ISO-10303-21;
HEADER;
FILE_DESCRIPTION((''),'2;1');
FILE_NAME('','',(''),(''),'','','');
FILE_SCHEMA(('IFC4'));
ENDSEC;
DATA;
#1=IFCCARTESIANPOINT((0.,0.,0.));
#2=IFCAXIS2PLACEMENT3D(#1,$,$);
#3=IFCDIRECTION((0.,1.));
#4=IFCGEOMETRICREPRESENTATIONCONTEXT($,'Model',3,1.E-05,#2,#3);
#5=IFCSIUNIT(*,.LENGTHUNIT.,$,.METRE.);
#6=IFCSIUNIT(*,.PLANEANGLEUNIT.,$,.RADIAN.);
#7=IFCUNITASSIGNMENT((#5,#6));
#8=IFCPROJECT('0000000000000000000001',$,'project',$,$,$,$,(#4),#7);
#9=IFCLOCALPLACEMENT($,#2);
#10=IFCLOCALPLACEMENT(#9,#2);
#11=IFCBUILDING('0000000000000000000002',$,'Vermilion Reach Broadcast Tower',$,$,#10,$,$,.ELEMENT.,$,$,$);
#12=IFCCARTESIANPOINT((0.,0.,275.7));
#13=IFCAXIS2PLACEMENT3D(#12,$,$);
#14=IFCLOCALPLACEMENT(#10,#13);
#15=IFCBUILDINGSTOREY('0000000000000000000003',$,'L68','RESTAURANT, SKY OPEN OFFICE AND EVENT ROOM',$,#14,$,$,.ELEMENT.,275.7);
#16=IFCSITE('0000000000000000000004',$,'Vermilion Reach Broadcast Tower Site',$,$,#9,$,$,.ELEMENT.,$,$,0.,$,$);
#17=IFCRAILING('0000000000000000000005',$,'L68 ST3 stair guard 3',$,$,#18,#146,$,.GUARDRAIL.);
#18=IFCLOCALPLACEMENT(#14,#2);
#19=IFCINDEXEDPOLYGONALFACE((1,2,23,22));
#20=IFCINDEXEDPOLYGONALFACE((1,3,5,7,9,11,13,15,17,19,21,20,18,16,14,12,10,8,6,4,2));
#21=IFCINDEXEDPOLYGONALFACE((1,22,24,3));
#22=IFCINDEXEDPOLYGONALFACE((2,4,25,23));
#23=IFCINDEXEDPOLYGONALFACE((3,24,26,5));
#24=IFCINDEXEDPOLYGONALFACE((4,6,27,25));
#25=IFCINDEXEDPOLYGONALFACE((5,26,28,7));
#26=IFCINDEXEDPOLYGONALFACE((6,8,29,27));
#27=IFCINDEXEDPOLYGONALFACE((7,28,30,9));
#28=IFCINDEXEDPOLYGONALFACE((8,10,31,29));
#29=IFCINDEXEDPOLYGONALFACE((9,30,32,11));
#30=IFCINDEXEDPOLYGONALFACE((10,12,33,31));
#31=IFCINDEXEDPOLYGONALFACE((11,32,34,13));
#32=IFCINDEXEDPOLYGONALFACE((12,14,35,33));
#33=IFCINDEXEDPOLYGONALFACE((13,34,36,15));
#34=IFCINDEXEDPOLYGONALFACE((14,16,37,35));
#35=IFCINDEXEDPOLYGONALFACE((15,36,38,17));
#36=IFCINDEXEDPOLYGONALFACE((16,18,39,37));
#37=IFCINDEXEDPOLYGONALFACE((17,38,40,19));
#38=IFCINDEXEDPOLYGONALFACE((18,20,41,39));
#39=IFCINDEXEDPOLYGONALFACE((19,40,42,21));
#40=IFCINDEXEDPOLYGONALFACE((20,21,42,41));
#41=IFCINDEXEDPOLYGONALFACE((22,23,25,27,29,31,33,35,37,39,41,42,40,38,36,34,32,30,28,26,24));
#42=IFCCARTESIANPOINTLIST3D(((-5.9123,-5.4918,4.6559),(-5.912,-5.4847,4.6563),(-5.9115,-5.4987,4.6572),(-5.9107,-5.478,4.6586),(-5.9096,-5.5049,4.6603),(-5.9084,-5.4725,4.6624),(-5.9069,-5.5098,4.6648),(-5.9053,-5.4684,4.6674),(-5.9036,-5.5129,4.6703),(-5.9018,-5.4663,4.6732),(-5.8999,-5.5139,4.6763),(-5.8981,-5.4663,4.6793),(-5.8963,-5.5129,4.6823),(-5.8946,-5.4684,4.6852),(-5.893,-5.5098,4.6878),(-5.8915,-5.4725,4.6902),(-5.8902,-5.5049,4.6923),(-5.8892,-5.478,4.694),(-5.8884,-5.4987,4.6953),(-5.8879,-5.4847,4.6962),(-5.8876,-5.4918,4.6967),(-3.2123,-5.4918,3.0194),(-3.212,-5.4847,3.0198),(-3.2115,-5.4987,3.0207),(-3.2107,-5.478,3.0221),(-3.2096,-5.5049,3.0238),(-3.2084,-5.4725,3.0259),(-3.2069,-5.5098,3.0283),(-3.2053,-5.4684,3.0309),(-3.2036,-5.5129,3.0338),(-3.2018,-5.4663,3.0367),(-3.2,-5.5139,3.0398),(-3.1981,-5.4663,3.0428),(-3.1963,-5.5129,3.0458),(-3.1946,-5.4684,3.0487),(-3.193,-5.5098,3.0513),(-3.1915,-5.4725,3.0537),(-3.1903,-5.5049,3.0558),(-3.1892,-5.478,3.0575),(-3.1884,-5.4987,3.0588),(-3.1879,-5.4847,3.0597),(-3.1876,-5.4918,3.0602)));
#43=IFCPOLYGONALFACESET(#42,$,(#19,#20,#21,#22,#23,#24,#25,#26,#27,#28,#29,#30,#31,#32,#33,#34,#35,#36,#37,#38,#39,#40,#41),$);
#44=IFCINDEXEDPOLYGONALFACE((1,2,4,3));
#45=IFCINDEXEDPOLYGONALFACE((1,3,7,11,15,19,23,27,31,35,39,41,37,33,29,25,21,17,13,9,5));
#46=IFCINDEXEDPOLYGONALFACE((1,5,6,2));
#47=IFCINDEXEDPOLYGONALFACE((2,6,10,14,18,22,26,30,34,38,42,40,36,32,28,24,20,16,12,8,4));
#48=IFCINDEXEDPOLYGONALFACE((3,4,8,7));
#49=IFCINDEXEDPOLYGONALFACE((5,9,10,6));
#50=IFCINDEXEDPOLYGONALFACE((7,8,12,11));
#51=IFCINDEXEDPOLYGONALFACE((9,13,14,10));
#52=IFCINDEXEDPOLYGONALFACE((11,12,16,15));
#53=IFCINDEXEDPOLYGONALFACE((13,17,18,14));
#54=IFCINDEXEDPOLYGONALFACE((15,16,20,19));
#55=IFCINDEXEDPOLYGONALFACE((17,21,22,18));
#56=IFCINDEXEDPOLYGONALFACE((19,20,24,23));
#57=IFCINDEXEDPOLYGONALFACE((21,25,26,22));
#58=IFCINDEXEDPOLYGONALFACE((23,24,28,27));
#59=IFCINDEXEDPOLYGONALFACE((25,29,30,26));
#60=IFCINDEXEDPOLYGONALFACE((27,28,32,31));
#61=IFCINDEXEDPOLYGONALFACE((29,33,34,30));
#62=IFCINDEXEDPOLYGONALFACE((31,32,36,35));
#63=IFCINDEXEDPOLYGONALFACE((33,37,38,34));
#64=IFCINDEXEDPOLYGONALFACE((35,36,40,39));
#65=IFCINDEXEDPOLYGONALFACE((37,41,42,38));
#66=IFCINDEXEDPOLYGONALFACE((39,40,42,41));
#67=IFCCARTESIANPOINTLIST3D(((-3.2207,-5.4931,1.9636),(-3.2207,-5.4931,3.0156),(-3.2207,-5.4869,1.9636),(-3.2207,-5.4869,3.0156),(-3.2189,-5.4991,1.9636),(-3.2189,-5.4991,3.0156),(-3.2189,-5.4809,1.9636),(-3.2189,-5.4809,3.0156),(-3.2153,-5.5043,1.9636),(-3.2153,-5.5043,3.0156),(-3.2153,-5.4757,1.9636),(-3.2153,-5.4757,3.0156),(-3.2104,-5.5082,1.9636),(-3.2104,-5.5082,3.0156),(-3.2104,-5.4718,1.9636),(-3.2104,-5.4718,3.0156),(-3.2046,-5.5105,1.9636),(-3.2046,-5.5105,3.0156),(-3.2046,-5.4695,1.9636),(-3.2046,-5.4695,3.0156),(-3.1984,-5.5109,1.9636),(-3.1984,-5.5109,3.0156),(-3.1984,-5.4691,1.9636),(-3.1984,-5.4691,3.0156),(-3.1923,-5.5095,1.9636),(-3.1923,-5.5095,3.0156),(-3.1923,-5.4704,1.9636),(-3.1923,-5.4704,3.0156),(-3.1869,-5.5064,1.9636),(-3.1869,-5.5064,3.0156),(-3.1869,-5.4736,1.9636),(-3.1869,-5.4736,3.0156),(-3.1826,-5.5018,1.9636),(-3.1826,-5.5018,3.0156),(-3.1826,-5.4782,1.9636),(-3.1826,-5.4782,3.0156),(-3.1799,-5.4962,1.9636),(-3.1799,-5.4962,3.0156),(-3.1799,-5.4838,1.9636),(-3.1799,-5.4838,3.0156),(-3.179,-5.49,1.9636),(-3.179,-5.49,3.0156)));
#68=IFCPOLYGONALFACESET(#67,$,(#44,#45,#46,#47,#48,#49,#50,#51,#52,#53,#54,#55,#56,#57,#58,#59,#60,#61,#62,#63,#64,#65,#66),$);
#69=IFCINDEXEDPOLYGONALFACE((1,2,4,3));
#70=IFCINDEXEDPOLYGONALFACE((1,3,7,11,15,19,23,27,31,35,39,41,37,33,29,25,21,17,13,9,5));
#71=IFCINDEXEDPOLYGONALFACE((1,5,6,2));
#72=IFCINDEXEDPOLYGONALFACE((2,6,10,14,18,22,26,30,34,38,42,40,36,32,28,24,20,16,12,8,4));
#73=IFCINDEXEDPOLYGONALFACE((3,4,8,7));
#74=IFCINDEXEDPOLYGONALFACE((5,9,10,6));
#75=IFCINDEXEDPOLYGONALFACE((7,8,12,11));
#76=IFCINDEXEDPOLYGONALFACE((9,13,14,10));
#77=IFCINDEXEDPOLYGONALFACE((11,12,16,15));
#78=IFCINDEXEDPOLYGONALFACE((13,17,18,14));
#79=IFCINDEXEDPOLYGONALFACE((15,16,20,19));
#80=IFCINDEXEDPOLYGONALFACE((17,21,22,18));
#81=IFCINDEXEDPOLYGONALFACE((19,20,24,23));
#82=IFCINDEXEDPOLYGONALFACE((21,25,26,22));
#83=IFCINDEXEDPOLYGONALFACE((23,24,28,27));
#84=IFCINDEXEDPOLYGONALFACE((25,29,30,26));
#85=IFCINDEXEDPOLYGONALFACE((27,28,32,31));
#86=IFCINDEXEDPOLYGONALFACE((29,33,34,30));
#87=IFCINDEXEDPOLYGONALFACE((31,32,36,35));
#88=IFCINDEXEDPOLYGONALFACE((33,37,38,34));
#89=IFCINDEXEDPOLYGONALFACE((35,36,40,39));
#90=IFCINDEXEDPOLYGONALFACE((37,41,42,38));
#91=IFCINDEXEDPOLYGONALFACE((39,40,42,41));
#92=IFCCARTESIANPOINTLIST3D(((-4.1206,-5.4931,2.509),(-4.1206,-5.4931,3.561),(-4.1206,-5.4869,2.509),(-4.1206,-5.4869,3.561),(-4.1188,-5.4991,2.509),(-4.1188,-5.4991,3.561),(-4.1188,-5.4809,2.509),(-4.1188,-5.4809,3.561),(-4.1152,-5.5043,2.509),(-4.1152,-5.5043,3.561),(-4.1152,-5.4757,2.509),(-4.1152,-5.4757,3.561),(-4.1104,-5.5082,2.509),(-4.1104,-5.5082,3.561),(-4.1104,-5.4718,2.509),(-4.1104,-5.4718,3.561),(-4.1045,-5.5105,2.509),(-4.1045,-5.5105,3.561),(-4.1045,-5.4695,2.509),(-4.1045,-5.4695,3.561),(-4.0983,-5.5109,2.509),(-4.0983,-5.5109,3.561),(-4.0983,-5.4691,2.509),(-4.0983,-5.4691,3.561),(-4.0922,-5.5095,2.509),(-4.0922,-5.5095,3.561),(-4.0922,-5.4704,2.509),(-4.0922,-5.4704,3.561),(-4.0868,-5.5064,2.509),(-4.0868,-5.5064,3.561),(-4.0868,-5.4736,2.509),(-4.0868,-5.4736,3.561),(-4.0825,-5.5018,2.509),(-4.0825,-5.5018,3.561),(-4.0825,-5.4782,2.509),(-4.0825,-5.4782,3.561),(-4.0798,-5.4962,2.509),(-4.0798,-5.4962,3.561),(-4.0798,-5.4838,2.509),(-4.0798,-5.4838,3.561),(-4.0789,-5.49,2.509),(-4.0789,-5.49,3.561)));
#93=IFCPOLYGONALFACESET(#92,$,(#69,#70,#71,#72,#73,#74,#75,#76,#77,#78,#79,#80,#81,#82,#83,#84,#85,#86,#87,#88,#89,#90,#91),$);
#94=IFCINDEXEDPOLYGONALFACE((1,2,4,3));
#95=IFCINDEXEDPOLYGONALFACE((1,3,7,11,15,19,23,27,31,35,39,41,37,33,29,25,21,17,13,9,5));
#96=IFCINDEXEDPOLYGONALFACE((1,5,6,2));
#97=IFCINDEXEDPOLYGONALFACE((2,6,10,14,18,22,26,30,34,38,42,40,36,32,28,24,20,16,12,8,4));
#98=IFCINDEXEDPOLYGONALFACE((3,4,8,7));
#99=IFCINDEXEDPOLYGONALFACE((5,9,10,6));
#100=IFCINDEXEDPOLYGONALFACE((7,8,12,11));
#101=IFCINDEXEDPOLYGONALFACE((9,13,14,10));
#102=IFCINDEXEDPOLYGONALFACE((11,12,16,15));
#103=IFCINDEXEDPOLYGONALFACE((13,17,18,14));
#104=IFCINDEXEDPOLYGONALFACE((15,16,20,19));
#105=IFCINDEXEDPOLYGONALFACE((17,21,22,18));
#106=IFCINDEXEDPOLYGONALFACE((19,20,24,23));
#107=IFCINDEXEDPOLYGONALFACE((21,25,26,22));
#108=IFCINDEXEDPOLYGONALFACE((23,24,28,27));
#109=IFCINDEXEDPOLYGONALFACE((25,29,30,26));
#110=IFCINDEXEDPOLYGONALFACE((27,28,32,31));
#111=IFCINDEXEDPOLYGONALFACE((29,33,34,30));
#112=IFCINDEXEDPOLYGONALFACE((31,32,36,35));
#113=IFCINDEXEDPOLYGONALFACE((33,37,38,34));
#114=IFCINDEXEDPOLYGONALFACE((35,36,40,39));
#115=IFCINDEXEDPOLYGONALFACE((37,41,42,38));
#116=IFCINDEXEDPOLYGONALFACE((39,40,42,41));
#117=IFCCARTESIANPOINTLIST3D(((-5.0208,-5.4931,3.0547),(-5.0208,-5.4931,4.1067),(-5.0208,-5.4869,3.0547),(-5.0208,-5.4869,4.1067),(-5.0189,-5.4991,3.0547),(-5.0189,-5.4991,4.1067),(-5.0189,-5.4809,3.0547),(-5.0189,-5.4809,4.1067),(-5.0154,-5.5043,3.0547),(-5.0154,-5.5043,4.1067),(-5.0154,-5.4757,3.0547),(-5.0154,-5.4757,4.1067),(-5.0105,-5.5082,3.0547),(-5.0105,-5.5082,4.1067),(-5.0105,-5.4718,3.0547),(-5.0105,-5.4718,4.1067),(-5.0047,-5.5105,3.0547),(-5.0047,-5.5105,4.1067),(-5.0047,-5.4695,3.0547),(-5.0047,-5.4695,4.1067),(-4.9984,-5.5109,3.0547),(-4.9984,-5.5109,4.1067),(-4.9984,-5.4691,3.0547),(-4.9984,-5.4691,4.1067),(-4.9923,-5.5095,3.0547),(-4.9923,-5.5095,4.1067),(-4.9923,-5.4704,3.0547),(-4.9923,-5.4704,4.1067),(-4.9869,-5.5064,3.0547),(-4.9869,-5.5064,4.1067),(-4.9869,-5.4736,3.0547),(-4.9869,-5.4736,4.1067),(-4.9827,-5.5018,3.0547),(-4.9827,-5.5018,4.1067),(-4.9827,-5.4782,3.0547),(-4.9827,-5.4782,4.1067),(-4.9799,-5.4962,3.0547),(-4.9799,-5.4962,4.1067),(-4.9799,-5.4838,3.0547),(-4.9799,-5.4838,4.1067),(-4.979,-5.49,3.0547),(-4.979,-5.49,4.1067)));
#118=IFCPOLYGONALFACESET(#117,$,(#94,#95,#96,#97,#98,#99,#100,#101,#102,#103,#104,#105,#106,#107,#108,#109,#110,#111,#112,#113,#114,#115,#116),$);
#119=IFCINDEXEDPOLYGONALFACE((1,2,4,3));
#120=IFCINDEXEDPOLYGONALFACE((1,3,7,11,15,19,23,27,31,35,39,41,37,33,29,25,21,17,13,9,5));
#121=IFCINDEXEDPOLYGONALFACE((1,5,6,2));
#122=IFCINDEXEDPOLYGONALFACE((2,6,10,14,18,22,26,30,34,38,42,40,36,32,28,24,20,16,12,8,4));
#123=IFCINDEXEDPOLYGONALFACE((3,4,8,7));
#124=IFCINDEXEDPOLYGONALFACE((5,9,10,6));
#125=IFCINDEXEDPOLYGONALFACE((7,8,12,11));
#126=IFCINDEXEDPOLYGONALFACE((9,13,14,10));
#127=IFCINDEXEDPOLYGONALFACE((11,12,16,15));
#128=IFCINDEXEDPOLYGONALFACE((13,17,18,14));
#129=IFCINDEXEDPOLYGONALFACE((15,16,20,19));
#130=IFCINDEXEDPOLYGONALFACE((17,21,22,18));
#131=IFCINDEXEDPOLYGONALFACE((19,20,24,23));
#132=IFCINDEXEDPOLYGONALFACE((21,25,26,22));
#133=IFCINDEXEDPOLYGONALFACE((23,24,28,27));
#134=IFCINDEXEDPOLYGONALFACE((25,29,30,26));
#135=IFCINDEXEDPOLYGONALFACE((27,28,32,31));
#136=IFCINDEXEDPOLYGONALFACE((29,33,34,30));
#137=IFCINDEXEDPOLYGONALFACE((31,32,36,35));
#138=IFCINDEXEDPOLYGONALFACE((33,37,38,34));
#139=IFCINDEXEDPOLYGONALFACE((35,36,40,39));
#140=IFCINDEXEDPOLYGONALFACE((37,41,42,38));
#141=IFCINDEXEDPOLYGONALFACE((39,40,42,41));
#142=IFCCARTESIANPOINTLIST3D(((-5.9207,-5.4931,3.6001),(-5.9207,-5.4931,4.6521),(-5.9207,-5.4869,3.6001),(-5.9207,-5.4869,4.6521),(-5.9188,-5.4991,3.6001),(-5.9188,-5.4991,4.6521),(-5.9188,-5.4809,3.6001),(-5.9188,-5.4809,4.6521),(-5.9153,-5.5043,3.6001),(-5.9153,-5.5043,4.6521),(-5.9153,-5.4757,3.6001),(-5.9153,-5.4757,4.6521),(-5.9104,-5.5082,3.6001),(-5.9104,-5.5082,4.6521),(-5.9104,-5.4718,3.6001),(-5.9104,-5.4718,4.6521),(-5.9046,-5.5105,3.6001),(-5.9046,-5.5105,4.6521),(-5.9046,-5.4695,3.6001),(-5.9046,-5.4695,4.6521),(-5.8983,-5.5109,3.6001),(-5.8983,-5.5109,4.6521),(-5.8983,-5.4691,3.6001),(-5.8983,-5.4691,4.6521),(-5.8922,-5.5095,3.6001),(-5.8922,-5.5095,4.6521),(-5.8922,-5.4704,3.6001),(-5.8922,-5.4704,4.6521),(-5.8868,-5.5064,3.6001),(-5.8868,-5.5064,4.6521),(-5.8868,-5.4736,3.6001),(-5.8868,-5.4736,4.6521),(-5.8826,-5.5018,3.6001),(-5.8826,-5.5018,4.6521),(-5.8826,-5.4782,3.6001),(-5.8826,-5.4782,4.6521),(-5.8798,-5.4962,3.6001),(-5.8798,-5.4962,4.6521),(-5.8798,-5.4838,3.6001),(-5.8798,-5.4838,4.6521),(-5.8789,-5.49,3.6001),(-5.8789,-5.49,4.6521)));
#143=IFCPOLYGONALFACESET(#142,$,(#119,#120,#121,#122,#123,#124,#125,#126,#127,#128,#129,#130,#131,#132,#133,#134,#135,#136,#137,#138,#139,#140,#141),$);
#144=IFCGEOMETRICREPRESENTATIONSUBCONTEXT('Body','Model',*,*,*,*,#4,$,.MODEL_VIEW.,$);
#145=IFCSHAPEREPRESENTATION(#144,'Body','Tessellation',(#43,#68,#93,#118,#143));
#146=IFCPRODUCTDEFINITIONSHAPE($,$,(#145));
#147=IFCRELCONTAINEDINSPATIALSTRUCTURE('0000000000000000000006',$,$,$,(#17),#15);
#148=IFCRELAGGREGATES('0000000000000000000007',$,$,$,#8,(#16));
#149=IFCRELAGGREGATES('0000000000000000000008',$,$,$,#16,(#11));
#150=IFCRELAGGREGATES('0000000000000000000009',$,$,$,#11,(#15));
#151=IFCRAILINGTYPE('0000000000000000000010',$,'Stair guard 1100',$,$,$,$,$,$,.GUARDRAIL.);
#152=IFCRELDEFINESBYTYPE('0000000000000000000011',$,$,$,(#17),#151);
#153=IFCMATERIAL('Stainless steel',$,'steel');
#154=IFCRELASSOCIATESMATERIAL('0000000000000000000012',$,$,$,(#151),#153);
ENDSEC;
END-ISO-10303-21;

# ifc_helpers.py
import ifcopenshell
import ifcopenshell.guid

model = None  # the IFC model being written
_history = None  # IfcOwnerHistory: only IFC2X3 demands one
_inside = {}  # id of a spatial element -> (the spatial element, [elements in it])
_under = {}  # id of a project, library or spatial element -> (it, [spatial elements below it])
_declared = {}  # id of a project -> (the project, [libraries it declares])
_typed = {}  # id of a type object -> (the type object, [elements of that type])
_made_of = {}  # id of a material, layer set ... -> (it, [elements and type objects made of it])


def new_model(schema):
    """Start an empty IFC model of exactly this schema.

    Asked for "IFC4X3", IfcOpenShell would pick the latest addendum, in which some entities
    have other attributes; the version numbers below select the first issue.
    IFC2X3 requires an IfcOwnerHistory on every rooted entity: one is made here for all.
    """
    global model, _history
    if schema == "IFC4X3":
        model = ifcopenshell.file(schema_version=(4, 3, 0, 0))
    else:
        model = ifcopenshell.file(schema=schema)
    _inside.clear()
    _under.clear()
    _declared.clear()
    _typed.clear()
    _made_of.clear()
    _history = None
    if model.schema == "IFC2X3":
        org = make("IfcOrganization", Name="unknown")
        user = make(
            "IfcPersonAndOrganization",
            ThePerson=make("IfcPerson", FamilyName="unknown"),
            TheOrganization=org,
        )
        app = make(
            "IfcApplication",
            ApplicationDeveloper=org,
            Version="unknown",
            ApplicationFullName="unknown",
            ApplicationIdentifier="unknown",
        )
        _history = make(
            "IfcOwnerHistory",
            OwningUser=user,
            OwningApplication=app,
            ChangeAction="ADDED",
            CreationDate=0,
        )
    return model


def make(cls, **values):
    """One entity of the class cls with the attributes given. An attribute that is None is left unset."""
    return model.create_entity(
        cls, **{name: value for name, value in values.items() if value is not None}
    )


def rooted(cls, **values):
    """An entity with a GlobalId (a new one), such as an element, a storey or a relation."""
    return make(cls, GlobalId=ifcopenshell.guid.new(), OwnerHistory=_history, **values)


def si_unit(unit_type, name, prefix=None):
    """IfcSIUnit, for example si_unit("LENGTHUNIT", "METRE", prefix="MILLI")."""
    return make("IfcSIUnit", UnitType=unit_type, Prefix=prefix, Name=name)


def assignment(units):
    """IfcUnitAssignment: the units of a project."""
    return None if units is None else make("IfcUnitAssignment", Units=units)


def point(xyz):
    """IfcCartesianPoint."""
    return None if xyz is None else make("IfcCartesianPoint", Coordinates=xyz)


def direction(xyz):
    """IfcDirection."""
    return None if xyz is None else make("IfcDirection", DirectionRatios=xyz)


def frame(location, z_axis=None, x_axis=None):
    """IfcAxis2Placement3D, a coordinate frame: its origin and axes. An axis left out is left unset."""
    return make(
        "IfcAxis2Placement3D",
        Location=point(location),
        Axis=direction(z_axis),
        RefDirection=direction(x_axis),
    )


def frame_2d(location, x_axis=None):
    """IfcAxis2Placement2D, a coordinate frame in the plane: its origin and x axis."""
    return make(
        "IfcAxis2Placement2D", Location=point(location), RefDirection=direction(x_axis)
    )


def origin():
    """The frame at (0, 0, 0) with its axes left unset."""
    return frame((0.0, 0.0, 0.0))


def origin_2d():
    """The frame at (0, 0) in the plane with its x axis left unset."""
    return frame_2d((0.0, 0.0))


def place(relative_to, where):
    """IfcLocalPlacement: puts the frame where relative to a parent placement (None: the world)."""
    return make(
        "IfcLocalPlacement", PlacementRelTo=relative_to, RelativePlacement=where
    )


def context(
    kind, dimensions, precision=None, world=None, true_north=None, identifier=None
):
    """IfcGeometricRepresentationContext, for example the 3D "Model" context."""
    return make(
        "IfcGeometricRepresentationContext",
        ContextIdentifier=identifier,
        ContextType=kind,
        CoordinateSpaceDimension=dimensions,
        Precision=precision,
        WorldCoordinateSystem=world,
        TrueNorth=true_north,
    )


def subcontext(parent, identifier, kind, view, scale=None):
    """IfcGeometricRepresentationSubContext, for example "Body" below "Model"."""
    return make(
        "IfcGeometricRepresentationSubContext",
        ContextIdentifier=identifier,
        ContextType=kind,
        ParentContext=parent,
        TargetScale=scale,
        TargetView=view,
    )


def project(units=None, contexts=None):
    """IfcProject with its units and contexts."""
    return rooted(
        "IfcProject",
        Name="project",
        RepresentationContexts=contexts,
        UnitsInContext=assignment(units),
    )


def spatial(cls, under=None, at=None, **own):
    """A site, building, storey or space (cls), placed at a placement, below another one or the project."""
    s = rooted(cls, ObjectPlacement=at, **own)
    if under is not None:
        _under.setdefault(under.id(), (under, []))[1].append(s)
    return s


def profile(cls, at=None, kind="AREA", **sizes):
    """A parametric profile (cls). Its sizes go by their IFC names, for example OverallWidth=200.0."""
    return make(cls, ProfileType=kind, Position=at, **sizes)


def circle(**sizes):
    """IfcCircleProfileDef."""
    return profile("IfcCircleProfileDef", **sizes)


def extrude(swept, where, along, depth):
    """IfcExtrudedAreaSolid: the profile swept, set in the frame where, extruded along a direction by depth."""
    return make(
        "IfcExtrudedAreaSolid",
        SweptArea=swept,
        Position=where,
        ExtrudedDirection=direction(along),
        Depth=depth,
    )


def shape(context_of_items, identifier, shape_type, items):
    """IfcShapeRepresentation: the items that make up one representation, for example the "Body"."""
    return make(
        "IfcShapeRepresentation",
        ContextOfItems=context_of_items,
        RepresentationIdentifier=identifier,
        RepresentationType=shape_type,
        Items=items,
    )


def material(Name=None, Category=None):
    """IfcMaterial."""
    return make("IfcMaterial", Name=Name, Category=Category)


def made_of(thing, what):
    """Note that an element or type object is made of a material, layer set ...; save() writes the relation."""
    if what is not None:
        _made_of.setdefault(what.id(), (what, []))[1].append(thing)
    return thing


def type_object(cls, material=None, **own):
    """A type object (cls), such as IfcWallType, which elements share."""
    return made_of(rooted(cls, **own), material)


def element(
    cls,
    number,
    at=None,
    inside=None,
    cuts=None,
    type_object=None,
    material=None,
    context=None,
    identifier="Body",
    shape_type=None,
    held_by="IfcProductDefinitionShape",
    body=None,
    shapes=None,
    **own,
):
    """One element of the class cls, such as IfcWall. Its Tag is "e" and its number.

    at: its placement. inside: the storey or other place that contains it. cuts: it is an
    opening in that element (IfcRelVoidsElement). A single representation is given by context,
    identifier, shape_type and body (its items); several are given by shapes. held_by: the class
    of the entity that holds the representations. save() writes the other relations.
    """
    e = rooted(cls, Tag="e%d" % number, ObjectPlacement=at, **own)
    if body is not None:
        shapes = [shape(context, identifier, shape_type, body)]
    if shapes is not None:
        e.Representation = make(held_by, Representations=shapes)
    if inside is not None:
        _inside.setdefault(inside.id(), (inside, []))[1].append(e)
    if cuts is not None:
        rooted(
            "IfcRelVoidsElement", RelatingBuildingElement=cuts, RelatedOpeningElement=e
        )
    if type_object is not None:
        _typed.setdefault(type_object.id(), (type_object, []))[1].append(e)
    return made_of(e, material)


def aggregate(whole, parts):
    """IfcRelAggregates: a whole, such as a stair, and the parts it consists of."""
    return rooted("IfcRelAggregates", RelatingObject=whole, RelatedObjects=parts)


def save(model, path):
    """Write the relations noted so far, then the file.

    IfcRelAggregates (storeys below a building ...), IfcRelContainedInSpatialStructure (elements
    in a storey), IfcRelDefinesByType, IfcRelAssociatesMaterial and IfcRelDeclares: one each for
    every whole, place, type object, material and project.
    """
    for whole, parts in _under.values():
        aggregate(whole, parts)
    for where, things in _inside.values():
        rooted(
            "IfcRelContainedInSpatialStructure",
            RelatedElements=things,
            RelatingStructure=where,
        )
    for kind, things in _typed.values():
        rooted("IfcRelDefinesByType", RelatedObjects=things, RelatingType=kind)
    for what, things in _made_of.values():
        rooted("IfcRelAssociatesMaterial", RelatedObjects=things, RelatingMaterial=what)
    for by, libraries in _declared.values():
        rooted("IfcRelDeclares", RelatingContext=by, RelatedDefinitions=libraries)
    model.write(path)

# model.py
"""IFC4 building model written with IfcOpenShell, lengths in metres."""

from ifc_helpers import new_model, si_unit, direction, frame, origin, origin_2d, place, context, subcontext, project, spatial, circle, extrude, material, type_object, element, save


model = new_model("IFC4")

# Units and contexts
model_context = context("Model", 3, precision=1e-05, world=origin(), true_north=direction((0.0, 1.0)))
body_context = subcontext(model_context, "Body", "Model", "MODEL_VIEW")
ifc_project = project(units=[si_unit("LENGTHUNIT", "METRE"), si_unit("PLANEANGLEUNIT", "RADIAN")], contexts=[model_context])

# Site, building, storey
site_placement = place(None, origin())
site = spatial("IfcSite", under=ifc_project, at=site_placement, Name="Vermilion Reach Broadcast Tower Site", CompositionType="ELEMENT", RefElevation=0.0)
building_placement = place(site_placement, origin())
building = spatial("IfcBuilding", under=site, at=building_placement, Name="Vermilion Reach Broadcast Tower", CompositionType="ELEMENT")
storey_placement = place(building_placement, frame((0.0, 0.0, 275.7)))
storey = spatial("IfcBuildingStorey", under=building, at=storey_placement, Name="L68", Description="RESTAURANT, SKY OPEN OFFICE AND EVENT ROOM", CompositionType="ELEMENT", Elevation=275.7)

# Railing
ifc_material_1 = material(Name="Stainless steel", Category="steel")
railing_type_1 = type_object("IfcRailingType", Name="Stair guard 1100", PredefinedType="GUARDRAIL", material=ifc_material_1)
railing_1_placement = place(storey_placement, frame((-3.2, -5.49, 1.9636)))
element("IfcRailing", 1, at=railing_1_placement, inside=storey, type_object=railing_type_1, Name="L68 ST3 stair guard 3", PredefinedType="GUARDRAIL", context=body_context, shape_type="SweptSolid", body=[
    extrude(circle(Radius=0.0239, at=origin_2d()), frame((0.0, 0.0, 1.0762), z_axis=(-0.855178, 0.0, 0.518334), x_axis=(0.0, -1.0, 0.0)), (0.0, 0.0, 1.0), 3.1572),
    extrude(circle(Radius=0.021, at=origin_2d()), origin(), (0.0, 0.0, 1.0), 1.052),
    extrude(circle(Radius=0.021, at=origin_2d()), frame((-0.8999, 0.0, 0.5454)), (0.0, 0.0, 1.0), 1.052),
    extrude(circle(Radius=0.021, at=origin_2d()), frame((-1.8, 0.0, 1.0911)), (0.0, 0.0, 1.0), 1.052),
    extrude(circle(Radius=0.021, at=origin_2d()), frame((-2.7, 0.0, 1.6365)), (0.0, 0.0, 1.0), 1.052),
])

save(model, "model.ifc")
